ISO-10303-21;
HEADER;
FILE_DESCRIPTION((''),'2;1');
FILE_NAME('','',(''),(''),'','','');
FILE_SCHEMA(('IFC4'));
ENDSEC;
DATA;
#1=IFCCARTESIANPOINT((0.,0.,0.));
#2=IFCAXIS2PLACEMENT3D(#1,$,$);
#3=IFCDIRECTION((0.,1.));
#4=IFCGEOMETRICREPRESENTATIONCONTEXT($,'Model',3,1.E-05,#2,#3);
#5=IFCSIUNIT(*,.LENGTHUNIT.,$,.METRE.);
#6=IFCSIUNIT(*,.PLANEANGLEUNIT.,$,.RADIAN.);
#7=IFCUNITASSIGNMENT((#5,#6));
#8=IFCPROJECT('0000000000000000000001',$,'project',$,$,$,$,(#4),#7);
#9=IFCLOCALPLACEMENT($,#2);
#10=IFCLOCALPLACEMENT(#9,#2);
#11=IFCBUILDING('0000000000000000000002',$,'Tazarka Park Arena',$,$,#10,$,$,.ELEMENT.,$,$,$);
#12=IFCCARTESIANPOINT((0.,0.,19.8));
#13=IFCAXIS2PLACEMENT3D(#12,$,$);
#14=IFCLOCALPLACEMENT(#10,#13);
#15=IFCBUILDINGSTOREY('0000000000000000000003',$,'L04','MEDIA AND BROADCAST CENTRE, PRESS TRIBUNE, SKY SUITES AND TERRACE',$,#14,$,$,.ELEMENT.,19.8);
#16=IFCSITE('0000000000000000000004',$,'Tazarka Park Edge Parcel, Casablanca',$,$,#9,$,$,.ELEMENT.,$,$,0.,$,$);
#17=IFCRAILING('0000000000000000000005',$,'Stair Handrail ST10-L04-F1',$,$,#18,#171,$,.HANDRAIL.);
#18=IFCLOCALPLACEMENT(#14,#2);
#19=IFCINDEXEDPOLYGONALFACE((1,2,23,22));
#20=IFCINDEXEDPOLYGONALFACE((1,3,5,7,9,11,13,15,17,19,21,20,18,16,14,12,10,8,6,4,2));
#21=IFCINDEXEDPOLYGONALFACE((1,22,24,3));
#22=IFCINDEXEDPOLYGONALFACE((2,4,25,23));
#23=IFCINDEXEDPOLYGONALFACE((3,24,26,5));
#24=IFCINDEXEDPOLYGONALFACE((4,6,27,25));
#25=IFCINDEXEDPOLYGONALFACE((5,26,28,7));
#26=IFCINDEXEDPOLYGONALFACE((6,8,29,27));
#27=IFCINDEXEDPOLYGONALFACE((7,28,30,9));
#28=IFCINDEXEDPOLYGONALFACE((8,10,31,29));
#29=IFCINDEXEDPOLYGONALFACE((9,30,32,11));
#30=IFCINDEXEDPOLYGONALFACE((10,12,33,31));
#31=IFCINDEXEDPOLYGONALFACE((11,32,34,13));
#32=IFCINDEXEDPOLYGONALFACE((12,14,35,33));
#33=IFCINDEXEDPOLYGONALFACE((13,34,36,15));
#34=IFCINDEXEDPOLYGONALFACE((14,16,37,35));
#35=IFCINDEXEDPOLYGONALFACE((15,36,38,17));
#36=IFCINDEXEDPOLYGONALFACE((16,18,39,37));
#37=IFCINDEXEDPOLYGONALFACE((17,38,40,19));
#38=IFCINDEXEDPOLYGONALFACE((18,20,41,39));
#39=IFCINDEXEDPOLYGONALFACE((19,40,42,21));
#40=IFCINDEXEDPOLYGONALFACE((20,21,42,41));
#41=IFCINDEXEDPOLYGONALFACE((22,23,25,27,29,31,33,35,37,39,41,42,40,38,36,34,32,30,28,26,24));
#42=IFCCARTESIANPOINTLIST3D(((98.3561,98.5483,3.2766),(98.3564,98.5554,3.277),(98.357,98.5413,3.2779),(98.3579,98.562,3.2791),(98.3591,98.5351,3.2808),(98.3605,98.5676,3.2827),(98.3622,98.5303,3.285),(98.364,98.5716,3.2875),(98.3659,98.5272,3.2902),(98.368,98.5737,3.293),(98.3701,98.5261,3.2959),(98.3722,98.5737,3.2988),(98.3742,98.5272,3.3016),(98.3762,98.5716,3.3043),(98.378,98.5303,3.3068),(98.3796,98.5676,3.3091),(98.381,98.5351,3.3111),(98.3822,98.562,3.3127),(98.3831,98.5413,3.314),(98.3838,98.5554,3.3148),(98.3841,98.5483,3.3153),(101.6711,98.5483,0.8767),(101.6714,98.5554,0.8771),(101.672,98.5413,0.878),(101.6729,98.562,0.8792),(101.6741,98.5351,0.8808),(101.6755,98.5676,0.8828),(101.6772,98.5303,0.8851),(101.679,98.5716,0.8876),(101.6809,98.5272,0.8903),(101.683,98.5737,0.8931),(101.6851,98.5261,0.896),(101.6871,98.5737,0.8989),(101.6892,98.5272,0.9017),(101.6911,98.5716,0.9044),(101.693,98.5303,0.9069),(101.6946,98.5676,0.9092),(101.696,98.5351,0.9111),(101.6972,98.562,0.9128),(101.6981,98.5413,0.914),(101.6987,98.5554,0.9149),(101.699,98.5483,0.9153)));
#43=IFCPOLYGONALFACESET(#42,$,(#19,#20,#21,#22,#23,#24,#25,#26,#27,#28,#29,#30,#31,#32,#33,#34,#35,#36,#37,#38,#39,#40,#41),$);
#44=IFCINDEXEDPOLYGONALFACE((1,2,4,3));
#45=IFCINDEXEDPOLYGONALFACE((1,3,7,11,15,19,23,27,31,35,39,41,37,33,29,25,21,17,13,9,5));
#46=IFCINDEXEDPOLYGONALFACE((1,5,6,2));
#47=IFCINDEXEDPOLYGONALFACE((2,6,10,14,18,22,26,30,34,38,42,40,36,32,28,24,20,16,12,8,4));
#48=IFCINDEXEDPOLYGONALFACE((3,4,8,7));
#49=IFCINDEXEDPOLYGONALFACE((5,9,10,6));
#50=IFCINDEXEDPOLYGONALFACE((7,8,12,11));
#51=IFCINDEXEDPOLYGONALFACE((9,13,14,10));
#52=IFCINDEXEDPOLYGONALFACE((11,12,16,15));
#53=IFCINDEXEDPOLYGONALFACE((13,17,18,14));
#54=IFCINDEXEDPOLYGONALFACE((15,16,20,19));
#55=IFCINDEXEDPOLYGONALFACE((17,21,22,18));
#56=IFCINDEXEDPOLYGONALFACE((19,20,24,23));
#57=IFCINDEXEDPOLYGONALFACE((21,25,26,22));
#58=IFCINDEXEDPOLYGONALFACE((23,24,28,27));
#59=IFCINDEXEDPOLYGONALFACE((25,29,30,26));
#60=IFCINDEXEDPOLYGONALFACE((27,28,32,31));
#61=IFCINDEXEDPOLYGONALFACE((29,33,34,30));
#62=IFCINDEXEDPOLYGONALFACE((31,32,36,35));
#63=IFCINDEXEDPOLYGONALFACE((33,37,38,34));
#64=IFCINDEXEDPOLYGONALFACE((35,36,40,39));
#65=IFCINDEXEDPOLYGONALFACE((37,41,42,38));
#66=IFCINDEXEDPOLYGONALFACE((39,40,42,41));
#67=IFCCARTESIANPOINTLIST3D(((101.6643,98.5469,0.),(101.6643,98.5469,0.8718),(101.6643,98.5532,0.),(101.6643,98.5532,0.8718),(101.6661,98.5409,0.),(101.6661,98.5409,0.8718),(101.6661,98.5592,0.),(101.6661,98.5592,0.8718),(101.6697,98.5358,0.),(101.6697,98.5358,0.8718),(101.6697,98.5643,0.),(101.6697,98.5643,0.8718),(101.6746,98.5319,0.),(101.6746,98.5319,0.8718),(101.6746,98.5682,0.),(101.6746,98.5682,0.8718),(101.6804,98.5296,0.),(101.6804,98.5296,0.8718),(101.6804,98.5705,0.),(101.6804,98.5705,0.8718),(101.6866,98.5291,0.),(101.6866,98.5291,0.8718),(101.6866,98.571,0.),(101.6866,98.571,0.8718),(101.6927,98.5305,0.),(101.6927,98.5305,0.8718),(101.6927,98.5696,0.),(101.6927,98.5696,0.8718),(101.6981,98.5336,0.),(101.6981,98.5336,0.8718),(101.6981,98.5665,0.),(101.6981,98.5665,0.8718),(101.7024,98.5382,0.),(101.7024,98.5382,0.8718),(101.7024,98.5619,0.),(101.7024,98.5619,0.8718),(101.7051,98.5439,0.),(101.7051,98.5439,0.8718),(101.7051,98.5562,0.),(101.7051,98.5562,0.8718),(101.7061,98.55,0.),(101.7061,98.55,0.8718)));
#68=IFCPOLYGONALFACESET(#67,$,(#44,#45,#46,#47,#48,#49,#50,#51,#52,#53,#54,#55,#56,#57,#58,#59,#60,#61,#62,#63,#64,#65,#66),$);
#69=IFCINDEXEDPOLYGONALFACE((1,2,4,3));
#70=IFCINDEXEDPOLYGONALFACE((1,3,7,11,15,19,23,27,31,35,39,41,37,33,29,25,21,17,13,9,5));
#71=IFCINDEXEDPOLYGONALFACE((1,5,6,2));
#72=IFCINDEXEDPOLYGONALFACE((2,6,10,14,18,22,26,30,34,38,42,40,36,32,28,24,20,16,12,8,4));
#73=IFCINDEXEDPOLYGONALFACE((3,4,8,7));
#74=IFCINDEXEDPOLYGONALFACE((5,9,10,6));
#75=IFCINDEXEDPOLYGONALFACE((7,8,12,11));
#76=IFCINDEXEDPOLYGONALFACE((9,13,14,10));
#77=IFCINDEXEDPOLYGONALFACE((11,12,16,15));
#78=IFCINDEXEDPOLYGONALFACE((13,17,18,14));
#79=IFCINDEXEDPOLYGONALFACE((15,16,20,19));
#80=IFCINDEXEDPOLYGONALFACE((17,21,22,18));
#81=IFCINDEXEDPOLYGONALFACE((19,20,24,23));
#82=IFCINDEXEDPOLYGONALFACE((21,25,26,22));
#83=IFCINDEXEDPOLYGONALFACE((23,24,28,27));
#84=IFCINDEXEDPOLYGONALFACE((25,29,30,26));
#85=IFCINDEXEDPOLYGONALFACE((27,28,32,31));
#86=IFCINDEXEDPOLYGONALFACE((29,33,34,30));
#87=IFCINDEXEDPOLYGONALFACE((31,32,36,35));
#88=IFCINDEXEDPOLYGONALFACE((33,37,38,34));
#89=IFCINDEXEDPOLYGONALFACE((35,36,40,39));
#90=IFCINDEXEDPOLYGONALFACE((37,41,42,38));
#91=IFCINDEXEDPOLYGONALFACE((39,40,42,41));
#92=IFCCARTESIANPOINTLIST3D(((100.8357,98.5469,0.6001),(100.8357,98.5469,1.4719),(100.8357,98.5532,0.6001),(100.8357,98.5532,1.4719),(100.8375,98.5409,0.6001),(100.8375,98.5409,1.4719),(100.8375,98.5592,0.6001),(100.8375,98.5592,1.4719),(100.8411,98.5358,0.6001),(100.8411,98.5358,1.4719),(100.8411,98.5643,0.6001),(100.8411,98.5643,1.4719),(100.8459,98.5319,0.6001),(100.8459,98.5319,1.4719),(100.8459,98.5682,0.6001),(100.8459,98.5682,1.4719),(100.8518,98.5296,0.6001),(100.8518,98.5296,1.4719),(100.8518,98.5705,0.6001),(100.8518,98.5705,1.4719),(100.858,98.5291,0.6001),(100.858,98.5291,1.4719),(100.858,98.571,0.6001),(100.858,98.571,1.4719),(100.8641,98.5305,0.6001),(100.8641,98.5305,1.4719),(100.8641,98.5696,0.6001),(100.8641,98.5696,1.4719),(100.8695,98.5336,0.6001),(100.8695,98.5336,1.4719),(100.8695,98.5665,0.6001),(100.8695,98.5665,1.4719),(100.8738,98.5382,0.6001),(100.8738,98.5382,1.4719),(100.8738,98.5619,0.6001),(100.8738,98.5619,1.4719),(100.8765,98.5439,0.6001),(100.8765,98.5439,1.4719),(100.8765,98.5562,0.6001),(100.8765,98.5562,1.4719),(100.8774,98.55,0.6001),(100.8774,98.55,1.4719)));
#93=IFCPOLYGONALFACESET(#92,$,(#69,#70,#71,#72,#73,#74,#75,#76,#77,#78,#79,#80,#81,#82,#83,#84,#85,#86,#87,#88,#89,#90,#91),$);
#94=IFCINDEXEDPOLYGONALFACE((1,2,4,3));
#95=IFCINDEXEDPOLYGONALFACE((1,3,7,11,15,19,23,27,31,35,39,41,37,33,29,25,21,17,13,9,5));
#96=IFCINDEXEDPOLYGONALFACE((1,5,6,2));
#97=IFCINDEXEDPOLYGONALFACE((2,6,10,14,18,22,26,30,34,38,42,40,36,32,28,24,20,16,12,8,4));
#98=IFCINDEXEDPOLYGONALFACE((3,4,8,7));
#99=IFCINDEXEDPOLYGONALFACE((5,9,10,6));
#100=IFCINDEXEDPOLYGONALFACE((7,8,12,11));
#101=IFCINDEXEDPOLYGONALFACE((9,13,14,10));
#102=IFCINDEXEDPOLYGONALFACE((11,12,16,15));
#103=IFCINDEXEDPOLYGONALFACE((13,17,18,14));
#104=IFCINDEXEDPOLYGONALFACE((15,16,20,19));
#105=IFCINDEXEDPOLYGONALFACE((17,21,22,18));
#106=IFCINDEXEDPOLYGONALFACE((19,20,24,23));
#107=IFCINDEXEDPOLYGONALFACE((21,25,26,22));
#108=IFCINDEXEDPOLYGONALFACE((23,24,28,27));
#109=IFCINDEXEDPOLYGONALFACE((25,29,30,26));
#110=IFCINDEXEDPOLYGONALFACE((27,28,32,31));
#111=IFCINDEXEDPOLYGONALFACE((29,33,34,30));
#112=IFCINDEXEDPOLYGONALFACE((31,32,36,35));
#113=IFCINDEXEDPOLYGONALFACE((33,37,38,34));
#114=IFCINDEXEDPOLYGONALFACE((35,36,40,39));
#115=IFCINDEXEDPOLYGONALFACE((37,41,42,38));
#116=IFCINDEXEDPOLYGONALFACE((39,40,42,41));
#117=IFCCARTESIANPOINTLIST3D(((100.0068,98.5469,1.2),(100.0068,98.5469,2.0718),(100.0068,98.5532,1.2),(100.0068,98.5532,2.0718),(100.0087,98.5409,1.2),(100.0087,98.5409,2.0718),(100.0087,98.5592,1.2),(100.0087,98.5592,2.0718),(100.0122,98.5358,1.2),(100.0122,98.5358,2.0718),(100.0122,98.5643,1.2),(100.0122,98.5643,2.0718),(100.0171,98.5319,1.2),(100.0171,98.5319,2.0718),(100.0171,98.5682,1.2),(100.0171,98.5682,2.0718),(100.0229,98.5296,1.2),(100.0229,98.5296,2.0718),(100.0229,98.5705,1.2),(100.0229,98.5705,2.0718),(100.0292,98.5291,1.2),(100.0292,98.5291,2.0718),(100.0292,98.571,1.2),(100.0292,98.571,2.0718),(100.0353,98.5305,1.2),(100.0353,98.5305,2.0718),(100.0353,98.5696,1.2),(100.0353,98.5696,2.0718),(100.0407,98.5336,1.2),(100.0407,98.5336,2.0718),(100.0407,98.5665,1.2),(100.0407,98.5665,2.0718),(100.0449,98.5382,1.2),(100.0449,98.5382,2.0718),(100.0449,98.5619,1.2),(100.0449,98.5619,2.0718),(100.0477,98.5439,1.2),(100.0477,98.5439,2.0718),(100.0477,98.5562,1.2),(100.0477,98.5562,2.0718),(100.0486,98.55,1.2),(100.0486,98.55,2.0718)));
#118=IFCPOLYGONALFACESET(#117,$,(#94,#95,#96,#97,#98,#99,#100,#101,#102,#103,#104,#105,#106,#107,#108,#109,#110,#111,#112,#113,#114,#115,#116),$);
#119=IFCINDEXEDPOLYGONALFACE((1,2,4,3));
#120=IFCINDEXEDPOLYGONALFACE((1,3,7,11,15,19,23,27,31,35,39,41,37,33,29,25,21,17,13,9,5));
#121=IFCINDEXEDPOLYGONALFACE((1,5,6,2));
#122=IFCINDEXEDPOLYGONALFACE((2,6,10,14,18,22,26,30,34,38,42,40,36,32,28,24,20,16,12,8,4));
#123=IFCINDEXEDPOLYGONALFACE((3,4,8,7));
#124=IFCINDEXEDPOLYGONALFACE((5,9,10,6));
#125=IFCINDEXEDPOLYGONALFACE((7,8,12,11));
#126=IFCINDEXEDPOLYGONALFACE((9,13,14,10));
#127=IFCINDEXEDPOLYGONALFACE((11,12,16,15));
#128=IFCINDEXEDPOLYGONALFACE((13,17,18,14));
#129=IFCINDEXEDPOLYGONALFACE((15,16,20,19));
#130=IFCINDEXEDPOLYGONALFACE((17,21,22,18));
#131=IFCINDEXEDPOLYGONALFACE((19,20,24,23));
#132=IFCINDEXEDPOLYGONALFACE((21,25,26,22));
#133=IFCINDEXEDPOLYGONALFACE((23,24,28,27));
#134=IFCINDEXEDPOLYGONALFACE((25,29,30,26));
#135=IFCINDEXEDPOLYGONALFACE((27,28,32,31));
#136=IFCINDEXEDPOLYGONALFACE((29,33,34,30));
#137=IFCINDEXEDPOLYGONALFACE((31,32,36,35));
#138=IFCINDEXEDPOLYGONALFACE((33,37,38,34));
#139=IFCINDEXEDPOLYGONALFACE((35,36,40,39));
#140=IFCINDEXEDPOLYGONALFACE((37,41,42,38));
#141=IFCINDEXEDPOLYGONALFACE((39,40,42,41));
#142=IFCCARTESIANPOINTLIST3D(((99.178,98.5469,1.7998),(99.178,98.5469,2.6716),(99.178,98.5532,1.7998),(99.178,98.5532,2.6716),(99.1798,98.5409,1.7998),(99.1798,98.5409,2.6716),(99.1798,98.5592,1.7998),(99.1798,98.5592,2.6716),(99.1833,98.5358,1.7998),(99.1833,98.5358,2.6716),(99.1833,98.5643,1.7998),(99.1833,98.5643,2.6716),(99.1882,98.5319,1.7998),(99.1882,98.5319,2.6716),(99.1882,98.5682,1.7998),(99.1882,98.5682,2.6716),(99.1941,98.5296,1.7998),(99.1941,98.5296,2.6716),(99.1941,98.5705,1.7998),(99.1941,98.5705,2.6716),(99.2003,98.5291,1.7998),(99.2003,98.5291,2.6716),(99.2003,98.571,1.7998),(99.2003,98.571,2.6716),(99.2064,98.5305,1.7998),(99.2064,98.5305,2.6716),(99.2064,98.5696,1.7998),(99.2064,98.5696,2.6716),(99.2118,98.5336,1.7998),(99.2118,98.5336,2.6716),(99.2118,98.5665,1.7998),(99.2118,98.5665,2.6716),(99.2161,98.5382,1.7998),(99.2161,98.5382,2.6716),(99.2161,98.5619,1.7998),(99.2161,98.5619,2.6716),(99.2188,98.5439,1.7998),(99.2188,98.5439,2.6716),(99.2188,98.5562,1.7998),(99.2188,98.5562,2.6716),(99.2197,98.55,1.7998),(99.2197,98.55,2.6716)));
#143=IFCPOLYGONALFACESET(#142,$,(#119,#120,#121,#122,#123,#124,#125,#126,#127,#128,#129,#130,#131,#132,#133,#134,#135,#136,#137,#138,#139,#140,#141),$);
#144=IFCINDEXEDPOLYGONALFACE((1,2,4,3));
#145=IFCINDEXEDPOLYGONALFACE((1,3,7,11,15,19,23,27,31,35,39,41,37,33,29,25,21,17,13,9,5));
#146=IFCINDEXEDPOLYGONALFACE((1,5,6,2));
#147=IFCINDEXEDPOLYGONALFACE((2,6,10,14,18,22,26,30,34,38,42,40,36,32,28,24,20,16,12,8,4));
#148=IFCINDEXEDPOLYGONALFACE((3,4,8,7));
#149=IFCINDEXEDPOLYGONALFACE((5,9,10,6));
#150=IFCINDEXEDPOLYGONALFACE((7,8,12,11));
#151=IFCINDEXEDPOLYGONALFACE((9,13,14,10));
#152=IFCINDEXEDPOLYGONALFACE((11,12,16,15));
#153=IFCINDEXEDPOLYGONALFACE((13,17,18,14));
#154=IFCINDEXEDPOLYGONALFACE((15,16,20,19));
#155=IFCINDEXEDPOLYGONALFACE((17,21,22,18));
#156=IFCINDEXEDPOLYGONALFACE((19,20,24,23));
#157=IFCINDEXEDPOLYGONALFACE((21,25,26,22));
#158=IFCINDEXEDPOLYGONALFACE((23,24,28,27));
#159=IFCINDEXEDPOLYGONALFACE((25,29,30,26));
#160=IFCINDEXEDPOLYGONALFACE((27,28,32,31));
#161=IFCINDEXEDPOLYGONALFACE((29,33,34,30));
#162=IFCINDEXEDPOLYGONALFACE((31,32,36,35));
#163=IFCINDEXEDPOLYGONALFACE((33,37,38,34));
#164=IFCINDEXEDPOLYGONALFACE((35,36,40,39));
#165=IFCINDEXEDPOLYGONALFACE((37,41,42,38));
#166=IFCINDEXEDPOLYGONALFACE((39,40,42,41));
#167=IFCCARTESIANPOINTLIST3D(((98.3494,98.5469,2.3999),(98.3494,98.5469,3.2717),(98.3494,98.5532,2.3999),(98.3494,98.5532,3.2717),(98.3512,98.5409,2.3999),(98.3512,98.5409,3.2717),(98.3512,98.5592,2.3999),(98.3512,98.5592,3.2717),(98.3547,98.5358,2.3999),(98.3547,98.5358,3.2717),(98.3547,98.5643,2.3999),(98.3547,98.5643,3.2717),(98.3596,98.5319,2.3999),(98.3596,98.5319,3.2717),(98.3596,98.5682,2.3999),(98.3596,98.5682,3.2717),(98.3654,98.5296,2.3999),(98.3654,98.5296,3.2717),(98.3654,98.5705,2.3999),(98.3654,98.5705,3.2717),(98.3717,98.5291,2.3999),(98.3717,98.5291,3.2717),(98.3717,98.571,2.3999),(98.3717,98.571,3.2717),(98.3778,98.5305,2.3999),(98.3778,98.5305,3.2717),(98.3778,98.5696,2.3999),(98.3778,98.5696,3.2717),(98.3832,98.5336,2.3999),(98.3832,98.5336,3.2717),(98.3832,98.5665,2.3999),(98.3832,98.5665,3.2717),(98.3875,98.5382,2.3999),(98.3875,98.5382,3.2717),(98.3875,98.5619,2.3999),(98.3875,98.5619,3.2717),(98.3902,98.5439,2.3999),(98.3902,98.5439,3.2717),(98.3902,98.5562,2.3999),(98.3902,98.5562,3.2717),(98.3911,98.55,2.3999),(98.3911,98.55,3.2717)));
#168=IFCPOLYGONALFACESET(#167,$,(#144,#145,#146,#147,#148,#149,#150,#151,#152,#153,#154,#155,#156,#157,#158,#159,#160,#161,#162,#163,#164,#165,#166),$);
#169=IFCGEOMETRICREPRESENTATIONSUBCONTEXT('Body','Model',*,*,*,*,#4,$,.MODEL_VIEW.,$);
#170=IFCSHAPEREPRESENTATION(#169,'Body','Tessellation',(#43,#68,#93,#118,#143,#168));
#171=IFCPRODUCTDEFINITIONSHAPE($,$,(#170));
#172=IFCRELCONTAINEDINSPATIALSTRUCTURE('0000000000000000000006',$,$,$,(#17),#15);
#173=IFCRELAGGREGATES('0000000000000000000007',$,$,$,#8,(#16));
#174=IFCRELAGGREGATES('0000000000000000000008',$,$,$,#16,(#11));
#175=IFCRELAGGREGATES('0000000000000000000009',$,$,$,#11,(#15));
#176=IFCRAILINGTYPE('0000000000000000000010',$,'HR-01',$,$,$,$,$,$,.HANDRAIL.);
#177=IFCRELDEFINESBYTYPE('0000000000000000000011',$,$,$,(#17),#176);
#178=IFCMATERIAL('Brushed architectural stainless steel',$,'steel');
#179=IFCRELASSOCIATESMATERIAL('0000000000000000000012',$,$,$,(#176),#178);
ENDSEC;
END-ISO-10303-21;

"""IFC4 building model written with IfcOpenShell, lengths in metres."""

from ifc_helpers import new_model, si_unit, direction, frame, origin, origin_2d, place, context, subcontext, project, spatial, circle, extrude, material, type_object, element, save


model = new_model("IFC4")

# Units and contexts
model_context = context("Model", 3, precision=1e-05, world=origin(), true_north=direction((0.0, 1.0)))
body_context = subcontext(model_context, "Body", "Model", "MODEL_VIEW")
ifc_project = project(units=[si_unit("LENGTHUNIT", "METRE"), si_unit("PLANEANGLEUNIT", "RADIAN")], contexts=[model_context])

# Site, building, storey
site_placement = place(None, origin())
site = spatial("IfcSite", under=ifc_project, at=site_placement, Name="Tazarka Park Edge Parcel, Casablanca", CompositionType="ELEMENT", RefElevation=0.0)
building_placement = place(site_placement, origin())
building = spatial("IfcBuilding", under=site, at=building_placement, Name="Tazarka Park Arena", CompositionType="ELEMENT")
storey_placement = place(building_placement, frame((0.0, 0.0, 19.8)))
storey = spatial("IfcBuildingStorey", under=building, at=storey_placement, Name="L04", Description="MEDIA AND BROADCAST CENTRE, PRESS TRIBUNE, SKY SUITES AND TERRACE", CompositionType="ELEMENT", Elevation=19.8)

# Railing
ifc_material_1 = material(Name="Brushed architectural stainless steel", Category="steel")
railing_type_1 = type_object("IfcRailingType", Name="HR-01", PredefinedType="HANDRAIL", material=ifc_material_1)
railing_1_placement = place(storey_placement, frame((101.6851, 98.55, 0.0)))
element("IfcRailing", 1, at=railing_1_placement, inside=storey, type_object=railing_type_1, Name="Stair Handrail ST10-L04-F1", PredefinedType="HANDRAIL", context=body_context, shape_type="SweptSolid", body=[
    extrude(circle(Radius=0.0239, at=origin_2d()), frame((0.0, 0.0, 0.896), z_axis=(-0.810009, 0.0, 0.586418), x_axis=(0.0, -1.0, 0.0)), (0.0, 0.0, 1.0), 4.0925),
    extrude(circle(Radius=0.021, at=origin_2d()), origin(), (0.0, 0.0, 1.0), 0.8718),
    extrude(circle(Radius=0.021, at=origin_2d()), frame((-0.8286, 0.0, 0.6001)), (0.0, 0.0, 1.0), 0.8718),
    extrude(circle(Radius=0.021, at=origin_2d()), frame((-1.6575, 0.0, 1.2)), (0.0, 0.0, 1.0), 0.8718),
    extrude(circle(Radius=0.021, at=origin_2d()), frame((-2.4863, 0.0, 1.7998)), (0.0, 0.0, 1.0), 0.8718),
    extrude(circle(Radius=0.021, at=origin_2d()), frame((-3.3149, 0.0, 2.3999)), (0.0, 0.0, 1.0), 0.8718),
])

save(model, "model.ifc")
